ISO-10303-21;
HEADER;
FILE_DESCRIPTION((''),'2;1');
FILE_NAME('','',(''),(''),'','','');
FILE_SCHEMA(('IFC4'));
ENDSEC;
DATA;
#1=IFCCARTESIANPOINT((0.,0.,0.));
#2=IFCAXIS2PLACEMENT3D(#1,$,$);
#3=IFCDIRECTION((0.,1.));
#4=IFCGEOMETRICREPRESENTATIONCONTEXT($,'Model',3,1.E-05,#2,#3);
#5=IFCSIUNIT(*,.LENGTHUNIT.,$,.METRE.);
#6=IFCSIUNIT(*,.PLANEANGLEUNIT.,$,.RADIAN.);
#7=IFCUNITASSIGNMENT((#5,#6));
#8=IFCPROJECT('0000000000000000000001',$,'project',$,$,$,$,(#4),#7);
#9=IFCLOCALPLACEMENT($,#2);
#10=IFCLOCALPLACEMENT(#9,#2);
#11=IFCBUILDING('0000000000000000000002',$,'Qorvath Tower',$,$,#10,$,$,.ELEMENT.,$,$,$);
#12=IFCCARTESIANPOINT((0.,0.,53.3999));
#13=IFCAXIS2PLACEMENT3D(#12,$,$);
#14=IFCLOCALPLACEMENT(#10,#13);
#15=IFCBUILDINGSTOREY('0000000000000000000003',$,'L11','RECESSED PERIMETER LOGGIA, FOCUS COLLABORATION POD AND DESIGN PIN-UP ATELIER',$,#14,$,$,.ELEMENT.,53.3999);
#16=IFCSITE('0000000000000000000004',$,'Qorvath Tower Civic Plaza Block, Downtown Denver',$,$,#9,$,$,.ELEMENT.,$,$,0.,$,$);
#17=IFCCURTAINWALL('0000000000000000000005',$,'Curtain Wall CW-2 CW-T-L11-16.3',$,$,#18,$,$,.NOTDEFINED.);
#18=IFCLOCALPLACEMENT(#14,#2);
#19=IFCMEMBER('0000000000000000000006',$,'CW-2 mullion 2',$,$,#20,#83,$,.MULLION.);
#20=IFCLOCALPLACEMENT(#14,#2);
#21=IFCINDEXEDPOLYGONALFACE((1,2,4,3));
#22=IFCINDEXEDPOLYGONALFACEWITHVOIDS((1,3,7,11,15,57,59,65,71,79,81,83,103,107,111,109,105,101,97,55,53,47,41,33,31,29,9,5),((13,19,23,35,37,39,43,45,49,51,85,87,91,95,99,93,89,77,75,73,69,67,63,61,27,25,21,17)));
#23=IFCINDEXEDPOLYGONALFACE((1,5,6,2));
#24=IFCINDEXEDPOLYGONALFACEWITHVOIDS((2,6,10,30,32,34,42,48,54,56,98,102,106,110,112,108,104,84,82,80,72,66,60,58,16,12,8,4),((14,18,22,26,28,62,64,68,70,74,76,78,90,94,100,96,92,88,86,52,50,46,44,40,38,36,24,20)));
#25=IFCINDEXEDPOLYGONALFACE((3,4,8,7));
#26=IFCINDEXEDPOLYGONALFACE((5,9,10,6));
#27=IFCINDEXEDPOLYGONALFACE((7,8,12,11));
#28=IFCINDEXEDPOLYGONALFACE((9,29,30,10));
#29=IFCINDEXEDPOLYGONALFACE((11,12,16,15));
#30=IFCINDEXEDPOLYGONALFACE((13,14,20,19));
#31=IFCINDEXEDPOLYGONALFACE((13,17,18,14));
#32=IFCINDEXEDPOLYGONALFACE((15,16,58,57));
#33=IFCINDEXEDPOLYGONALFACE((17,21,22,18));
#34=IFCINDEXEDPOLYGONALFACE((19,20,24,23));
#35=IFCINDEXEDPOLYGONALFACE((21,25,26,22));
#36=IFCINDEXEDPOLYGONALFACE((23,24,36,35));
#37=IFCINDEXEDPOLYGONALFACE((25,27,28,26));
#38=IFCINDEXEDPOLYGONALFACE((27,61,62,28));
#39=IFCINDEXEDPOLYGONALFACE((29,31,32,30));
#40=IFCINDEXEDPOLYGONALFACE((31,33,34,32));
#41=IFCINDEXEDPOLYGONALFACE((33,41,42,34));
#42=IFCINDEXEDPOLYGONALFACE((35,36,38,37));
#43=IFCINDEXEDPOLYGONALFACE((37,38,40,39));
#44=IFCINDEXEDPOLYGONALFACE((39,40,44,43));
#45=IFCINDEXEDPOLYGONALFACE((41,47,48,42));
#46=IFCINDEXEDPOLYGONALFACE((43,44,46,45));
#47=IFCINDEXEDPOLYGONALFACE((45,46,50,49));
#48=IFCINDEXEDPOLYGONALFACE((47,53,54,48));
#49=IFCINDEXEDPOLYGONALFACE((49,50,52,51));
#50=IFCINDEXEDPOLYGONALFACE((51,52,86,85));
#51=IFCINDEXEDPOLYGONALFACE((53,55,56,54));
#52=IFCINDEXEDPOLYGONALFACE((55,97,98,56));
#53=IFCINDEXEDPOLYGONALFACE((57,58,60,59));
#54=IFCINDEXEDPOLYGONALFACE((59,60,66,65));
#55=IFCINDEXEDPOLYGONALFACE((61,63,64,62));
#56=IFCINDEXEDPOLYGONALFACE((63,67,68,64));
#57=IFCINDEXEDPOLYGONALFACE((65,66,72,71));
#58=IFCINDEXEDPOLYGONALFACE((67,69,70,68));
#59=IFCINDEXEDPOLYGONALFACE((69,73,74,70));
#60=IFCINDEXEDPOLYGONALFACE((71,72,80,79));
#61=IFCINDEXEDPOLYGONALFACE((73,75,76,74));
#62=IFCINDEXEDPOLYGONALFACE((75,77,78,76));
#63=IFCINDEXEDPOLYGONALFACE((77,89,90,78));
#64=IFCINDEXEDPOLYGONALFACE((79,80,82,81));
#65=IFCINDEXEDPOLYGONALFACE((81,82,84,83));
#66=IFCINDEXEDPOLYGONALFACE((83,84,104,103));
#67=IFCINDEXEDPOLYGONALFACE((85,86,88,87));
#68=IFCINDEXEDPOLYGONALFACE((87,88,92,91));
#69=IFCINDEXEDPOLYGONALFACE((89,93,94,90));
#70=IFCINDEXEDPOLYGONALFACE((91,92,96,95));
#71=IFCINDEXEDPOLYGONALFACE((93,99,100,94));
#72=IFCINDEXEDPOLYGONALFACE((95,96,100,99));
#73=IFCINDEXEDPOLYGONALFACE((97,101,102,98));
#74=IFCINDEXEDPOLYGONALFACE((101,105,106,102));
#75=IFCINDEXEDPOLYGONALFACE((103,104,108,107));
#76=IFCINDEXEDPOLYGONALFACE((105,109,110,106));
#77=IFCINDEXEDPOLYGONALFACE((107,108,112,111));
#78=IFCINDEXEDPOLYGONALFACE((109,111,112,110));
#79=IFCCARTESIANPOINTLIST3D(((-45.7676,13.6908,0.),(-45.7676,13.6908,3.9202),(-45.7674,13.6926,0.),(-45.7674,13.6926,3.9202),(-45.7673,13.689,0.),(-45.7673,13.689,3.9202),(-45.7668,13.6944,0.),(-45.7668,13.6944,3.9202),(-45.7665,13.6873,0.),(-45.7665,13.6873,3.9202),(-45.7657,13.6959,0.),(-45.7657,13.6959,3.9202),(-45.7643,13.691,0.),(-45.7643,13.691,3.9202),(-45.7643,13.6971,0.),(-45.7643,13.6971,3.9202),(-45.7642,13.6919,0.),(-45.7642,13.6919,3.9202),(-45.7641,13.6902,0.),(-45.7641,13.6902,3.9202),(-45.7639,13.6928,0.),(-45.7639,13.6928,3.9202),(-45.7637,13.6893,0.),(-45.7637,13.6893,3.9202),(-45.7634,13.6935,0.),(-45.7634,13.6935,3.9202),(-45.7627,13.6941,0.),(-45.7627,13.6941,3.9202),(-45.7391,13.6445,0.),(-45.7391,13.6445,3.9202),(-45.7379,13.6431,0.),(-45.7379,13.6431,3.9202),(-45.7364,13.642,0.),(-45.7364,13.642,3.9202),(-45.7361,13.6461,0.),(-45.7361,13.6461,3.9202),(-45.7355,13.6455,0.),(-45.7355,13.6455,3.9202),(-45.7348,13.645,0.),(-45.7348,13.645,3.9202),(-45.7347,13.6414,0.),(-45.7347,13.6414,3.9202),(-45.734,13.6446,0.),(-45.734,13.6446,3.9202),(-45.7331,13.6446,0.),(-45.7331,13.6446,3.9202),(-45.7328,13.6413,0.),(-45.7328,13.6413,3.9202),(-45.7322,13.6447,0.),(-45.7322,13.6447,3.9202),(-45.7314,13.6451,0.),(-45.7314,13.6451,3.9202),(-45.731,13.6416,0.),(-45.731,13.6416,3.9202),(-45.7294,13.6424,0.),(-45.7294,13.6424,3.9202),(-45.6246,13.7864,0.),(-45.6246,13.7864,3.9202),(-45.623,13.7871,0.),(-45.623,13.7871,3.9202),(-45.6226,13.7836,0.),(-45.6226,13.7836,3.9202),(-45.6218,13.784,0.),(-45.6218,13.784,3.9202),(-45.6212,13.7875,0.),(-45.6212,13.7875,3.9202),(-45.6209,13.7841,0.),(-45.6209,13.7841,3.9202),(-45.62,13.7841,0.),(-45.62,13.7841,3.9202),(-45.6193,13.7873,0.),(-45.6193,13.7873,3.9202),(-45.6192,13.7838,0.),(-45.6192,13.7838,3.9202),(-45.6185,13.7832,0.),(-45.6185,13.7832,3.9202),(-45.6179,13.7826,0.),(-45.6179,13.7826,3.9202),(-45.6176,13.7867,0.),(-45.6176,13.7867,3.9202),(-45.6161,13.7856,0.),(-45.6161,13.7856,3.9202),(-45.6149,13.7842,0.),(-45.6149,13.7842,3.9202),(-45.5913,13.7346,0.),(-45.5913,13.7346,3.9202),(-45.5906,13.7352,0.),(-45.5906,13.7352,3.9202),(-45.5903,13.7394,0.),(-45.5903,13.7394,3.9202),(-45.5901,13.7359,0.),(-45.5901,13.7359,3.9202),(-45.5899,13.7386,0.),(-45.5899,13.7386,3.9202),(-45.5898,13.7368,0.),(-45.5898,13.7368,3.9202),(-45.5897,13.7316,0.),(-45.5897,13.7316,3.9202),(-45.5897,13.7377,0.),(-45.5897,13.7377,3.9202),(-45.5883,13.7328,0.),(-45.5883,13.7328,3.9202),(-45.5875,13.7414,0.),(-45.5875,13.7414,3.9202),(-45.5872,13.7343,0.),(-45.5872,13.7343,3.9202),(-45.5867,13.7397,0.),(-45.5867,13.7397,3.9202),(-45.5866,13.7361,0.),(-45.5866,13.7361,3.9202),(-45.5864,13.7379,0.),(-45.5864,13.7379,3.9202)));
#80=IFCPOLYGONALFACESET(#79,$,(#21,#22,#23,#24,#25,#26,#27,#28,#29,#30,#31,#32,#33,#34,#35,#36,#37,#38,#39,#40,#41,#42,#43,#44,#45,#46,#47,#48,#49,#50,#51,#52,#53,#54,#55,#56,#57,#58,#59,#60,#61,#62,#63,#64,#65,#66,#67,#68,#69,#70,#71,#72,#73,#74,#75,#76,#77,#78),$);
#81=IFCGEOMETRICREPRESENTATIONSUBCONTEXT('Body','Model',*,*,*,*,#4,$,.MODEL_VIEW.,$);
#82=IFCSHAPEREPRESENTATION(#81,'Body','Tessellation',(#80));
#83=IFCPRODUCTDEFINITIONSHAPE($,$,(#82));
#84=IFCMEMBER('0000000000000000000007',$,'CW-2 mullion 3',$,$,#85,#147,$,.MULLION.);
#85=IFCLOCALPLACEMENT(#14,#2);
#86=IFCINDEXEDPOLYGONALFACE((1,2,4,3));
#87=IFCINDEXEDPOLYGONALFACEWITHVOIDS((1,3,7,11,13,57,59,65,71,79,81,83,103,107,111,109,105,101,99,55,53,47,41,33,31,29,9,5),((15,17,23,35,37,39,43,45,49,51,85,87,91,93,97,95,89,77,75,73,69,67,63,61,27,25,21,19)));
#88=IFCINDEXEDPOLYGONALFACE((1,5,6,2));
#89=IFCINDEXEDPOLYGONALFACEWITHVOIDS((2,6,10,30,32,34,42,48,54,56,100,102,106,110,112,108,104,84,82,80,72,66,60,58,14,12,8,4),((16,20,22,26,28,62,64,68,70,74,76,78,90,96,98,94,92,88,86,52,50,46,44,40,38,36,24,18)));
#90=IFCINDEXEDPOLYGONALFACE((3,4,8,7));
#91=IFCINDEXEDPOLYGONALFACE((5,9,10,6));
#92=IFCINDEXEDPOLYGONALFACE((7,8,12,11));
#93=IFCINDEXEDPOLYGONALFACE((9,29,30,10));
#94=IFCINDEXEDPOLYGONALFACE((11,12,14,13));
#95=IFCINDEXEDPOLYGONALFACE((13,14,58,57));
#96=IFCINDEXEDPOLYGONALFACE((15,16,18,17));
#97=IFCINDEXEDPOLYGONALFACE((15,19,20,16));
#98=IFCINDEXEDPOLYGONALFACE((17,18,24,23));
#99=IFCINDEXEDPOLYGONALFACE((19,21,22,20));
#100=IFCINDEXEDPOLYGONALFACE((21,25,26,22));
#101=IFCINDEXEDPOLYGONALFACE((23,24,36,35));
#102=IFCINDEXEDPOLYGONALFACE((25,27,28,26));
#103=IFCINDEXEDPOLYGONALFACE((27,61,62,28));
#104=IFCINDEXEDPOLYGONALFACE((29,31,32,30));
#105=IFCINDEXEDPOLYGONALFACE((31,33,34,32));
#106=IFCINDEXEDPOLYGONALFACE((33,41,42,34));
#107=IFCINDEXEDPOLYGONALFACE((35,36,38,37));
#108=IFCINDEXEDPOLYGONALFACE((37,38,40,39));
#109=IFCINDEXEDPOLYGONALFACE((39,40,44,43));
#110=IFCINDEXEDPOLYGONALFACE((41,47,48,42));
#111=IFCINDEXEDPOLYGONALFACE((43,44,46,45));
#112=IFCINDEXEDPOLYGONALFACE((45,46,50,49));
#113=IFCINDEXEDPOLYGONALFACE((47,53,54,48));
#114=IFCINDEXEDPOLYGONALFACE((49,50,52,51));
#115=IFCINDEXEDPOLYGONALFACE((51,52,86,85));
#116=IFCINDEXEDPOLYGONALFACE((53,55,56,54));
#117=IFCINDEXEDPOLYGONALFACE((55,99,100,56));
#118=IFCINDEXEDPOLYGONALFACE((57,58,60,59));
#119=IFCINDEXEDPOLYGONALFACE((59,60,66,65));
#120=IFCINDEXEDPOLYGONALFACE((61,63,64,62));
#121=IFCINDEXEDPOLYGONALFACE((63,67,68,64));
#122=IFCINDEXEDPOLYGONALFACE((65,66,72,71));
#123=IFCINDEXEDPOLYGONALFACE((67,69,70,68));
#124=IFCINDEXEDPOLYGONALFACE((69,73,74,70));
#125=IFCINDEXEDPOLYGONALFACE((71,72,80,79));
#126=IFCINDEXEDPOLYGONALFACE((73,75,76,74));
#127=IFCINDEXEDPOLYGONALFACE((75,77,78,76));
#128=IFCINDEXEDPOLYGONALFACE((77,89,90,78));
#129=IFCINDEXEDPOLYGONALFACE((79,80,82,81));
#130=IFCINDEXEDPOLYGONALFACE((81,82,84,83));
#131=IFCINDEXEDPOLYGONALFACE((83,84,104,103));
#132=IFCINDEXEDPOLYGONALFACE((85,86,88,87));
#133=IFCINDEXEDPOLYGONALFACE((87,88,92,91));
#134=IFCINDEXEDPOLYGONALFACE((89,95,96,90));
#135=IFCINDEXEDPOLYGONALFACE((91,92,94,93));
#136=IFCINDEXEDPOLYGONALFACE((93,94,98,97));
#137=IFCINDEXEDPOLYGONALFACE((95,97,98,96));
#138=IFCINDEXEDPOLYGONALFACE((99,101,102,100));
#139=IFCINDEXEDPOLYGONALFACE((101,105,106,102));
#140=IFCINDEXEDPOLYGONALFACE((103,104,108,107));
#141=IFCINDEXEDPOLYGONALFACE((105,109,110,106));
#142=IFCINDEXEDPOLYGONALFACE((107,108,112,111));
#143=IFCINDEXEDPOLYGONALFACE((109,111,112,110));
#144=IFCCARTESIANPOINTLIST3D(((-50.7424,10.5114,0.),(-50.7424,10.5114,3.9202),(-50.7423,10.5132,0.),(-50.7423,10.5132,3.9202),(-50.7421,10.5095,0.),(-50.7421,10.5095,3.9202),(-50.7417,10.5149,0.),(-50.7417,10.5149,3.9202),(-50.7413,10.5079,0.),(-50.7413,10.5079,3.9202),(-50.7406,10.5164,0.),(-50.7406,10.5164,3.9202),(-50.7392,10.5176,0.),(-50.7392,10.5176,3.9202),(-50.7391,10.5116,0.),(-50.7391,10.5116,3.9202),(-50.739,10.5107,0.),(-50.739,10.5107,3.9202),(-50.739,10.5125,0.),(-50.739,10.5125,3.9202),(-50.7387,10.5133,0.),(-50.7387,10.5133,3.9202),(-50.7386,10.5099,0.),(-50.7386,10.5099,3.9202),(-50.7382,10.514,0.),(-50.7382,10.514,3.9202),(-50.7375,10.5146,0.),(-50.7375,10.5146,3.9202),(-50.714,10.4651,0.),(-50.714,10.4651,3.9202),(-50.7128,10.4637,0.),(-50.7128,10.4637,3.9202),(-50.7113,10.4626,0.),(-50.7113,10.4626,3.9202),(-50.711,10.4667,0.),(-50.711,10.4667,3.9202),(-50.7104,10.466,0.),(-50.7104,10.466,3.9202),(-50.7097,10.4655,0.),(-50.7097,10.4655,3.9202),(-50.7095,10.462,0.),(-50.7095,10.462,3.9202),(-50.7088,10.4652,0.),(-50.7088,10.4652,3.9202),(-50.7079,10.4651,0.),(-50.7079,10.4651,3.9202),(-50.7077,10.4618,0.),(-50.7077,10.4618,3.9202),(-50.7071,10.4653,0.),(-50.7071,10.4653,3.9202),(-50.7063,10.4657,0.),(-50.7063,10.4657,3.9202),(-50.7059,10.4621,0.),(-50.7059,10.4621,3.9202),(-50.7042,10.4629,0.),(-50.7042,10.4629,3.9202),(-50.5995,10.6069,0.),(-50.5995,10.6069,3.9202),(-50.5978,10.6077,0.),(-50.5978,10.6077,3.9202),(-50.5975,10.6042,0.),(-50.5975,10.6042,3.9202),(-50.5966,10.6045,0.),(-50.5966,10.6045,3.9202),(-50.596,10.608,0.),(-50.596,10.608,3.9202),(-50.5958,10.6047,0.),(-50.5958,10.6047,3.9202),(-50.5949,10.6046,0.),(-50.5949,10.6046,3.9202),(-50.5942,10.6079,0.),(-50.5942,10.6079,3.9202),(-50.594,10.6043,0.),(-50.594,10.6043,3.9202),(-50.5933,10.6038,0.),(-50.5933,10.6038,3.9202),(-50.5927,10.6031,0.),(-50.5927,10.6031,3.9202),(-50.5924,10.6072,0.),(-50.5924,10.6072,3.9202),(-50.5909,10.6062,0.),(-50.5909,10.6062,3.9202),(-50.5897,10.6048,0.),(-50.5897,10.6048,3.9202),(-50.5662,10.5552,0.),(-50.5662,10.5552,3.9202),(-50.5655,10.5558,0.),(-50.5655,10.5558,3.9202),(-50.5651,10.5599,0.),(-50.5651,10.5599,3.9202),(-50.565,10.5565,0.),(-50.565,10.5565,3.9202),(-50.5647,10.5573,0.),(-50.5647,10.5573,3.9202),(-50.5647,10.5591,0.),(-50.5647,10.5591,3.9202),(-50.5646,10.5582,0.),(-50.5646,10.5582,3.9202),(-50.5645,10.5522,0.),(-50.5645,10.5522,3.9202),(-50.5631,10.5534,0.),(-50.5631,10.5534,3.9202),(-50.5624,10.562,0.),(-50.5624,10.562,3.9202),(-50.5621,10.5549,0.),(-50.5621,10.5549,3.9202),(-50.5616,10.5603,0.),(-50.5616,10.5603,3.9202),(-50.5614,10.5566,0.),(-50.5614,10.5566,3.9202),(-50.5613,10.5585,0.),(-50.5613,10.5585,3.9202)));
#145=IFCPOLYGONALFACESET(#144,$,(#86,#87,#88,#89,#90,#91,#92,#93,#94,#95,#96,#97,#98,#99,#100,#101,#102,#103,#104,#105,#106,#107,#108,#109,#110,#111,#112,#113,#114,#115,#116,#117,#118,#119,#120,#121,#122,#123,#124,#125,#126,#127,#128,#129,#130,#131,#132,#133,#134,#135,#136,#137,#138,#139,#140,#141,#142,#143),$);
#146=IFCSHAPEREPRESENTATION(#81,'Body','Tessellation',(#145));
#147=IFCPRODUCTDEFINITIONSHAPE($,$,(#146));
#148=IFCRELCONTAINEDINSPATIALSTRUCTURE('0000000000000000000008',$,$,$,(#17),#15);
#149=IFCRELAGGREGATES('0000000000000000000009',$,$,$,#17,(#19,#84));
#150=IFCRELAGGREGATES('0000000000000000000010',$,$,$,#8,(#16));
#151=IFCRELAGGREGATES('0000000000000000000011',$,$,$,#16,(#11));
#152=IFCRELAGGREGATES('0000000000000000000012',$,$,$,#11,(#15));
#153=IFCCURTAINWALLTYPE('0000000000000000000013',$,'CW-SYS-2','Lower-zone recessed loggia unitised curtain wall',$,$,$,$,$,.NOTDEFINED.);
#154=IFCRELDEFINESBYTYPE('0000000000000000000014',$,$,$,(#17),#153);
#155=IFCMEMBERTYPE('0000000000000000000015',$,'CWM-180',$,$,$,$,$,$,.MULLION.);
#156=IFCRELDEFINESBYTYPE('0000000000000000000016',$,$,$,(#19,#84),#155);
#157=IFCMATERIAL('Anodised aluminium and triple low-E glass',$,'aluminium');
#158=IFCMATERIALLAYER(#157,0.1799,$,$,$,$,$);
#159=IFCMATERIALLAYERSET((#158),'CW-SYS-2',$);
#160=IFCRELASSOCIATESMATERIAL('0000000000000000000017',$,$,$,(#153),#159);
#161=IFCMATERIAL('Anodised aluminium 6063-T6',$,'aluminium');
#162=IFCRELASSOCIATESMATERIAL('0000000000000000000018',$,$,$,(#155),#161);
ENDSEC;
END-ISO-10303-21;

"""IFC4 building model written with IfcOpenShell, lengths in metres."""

from ifc_helpers import new_model, si_unit, direction, frame, origin, origin_2d, place, context, subcontext, project, spatial, hollow_rectangle, extrude, material, layer, layer_set, material_profile, profile_set, type_object, element, aggregate, save


model = new_model("IFC4")

# Units and contexts
model_context = context("Model", 3, precision=1e-05, world=origin(), true_north=direction((0.0, 1.0)))
body_context = subcontext(model_context, "Body", "Model", "MODEL_VIEW")
ifc_project = project(units=[si_unit("LENGTHUNIT", "METRE"), si_unit("PLANEANGLEUNIT", "RADIAN")], contexts=[model_context])

# Site, building, storey
site_placement = place(None, origin())
site = spatial("IfcSite", under=ifc_project, at=site_placement, Name="Qorvath Tower Civic Plaza Block, Downtown Denver", CompositionType="ELEMENT", RefElevation=0.0)
building_placement = place(site_placement, origin())
building = spatial("IfcBuilding", under=site, at=building_placement, Name="Qorvath Tower", CompositionType="ELEMENT")
storey_placement = place(building_placement, frame((0.0, 0.0, 53.3999)))
storey = spatial("IfcBuildingStorey", under=building, at=storey_placement, Name="L11", Description="RECESSED PERIMETER LOGGIA, FOCUS COLLABORATION POD AND DESIGN PIN-UP ATELIER", CompositionType="ELEMENT", Elevation=53.3999)

# Curtain wall, members
ifc_material_1 = material(Name="Anodised aluminium and triple low-E glass", Category="aluminium")
ifc_layer_1 = layer(ifc_material_1, 0.1799)
ifc_layer_set_1 = layer_set([ifc_layer_1], Name="CW-SYS-2")
curtain_wall_type = type_object("IfcCurtainWallType", Name="CW-SYS-2", Description="Lower-zone recessed loggia unitised curtain wall", PredefinedType="NOTDEFINED", material=ifc_layer_set_1)
curtain_wall_placement = place(storey_placement, origin())
curtain_wall = element("IfcCurtainWall", 1, at=curtain_wall_placement, inside=storey, type_object=curtain_wall_type, Name="Curtain Wall CW-2 CW-T-L11-16.3", PredefinedType="NOTDEFINED")
ifc_material_2 = material(Name="Anodised aluminium 6063-T6", Category="aluminium")
ifc_material_profile_1 = material_profile(ifc_material_2, hollow_rectangle(XDim=0.0649, YDim=0.1799, WallThickness=0.0034, InnerFilletRadius=0.0034, OuterFilletRadius=0.0071, at=origin_2d()), Name="CWM 180x65")
ifc_profile_set_1 = profile_set([ifc_material_profile_1], Name="Anodised aluminium 6063-T6")
member_type_1 = type_object("IfcMemberType", Name="CWM-180", PredefinedType="MULLION", material=ifc_profile_set_1)
member_1_placement = place(storey_placement, frame((-45.677, 13.7144, 0.0), z_axis=(0.0, 0.0, 1.0), x_axis=(0.538532, -0.842605, 0.0)))
member_1 = element("IfcMember", 2, at=member_1_placement, type_object=member_type_1, Name="CW-2 mullion 2", PredefinedType="MULLION", context=body_context, shape_type="SweptSolid", body=[
    extrude(hollow_rectangle(XDim=0.0649, YDim=0.1799, WallThickness=0.0034, InnerFilletRadius=0.0034, OuterFilletRadius=0.0071, at=origin_2d()), origin(), (0.0, 0.0, 1.0), 3.9202),
])
member_2_placement = place(storey_placement, frame((-50.6519, 10.5349, 0.0), z_axis=(0.0, 0.0, 1.0), x_axis=(0.538532, -0.842605, 0.0)))
member_2 = element("IfcMember", 3, at=member_2_placement, type_object=member_type_1, Name="CW-2 mullion 3", PredefinedType="MULLION", context=body_context, shape_type="SweptSolid", body=[
    extrude(hollow_rectangle(XDim=0.0649, YDim=0.1799, WallThickness=0.0034, InnerFilletRadius=0.0034, OuterFilletRadius=0.0071, at=origin_2d()), origin(), (0.0, 0.0, 1.0), 3.9202),
])
aggregate(curtain_wall, [member_1, member_2])

save(model, "model.ifc")
